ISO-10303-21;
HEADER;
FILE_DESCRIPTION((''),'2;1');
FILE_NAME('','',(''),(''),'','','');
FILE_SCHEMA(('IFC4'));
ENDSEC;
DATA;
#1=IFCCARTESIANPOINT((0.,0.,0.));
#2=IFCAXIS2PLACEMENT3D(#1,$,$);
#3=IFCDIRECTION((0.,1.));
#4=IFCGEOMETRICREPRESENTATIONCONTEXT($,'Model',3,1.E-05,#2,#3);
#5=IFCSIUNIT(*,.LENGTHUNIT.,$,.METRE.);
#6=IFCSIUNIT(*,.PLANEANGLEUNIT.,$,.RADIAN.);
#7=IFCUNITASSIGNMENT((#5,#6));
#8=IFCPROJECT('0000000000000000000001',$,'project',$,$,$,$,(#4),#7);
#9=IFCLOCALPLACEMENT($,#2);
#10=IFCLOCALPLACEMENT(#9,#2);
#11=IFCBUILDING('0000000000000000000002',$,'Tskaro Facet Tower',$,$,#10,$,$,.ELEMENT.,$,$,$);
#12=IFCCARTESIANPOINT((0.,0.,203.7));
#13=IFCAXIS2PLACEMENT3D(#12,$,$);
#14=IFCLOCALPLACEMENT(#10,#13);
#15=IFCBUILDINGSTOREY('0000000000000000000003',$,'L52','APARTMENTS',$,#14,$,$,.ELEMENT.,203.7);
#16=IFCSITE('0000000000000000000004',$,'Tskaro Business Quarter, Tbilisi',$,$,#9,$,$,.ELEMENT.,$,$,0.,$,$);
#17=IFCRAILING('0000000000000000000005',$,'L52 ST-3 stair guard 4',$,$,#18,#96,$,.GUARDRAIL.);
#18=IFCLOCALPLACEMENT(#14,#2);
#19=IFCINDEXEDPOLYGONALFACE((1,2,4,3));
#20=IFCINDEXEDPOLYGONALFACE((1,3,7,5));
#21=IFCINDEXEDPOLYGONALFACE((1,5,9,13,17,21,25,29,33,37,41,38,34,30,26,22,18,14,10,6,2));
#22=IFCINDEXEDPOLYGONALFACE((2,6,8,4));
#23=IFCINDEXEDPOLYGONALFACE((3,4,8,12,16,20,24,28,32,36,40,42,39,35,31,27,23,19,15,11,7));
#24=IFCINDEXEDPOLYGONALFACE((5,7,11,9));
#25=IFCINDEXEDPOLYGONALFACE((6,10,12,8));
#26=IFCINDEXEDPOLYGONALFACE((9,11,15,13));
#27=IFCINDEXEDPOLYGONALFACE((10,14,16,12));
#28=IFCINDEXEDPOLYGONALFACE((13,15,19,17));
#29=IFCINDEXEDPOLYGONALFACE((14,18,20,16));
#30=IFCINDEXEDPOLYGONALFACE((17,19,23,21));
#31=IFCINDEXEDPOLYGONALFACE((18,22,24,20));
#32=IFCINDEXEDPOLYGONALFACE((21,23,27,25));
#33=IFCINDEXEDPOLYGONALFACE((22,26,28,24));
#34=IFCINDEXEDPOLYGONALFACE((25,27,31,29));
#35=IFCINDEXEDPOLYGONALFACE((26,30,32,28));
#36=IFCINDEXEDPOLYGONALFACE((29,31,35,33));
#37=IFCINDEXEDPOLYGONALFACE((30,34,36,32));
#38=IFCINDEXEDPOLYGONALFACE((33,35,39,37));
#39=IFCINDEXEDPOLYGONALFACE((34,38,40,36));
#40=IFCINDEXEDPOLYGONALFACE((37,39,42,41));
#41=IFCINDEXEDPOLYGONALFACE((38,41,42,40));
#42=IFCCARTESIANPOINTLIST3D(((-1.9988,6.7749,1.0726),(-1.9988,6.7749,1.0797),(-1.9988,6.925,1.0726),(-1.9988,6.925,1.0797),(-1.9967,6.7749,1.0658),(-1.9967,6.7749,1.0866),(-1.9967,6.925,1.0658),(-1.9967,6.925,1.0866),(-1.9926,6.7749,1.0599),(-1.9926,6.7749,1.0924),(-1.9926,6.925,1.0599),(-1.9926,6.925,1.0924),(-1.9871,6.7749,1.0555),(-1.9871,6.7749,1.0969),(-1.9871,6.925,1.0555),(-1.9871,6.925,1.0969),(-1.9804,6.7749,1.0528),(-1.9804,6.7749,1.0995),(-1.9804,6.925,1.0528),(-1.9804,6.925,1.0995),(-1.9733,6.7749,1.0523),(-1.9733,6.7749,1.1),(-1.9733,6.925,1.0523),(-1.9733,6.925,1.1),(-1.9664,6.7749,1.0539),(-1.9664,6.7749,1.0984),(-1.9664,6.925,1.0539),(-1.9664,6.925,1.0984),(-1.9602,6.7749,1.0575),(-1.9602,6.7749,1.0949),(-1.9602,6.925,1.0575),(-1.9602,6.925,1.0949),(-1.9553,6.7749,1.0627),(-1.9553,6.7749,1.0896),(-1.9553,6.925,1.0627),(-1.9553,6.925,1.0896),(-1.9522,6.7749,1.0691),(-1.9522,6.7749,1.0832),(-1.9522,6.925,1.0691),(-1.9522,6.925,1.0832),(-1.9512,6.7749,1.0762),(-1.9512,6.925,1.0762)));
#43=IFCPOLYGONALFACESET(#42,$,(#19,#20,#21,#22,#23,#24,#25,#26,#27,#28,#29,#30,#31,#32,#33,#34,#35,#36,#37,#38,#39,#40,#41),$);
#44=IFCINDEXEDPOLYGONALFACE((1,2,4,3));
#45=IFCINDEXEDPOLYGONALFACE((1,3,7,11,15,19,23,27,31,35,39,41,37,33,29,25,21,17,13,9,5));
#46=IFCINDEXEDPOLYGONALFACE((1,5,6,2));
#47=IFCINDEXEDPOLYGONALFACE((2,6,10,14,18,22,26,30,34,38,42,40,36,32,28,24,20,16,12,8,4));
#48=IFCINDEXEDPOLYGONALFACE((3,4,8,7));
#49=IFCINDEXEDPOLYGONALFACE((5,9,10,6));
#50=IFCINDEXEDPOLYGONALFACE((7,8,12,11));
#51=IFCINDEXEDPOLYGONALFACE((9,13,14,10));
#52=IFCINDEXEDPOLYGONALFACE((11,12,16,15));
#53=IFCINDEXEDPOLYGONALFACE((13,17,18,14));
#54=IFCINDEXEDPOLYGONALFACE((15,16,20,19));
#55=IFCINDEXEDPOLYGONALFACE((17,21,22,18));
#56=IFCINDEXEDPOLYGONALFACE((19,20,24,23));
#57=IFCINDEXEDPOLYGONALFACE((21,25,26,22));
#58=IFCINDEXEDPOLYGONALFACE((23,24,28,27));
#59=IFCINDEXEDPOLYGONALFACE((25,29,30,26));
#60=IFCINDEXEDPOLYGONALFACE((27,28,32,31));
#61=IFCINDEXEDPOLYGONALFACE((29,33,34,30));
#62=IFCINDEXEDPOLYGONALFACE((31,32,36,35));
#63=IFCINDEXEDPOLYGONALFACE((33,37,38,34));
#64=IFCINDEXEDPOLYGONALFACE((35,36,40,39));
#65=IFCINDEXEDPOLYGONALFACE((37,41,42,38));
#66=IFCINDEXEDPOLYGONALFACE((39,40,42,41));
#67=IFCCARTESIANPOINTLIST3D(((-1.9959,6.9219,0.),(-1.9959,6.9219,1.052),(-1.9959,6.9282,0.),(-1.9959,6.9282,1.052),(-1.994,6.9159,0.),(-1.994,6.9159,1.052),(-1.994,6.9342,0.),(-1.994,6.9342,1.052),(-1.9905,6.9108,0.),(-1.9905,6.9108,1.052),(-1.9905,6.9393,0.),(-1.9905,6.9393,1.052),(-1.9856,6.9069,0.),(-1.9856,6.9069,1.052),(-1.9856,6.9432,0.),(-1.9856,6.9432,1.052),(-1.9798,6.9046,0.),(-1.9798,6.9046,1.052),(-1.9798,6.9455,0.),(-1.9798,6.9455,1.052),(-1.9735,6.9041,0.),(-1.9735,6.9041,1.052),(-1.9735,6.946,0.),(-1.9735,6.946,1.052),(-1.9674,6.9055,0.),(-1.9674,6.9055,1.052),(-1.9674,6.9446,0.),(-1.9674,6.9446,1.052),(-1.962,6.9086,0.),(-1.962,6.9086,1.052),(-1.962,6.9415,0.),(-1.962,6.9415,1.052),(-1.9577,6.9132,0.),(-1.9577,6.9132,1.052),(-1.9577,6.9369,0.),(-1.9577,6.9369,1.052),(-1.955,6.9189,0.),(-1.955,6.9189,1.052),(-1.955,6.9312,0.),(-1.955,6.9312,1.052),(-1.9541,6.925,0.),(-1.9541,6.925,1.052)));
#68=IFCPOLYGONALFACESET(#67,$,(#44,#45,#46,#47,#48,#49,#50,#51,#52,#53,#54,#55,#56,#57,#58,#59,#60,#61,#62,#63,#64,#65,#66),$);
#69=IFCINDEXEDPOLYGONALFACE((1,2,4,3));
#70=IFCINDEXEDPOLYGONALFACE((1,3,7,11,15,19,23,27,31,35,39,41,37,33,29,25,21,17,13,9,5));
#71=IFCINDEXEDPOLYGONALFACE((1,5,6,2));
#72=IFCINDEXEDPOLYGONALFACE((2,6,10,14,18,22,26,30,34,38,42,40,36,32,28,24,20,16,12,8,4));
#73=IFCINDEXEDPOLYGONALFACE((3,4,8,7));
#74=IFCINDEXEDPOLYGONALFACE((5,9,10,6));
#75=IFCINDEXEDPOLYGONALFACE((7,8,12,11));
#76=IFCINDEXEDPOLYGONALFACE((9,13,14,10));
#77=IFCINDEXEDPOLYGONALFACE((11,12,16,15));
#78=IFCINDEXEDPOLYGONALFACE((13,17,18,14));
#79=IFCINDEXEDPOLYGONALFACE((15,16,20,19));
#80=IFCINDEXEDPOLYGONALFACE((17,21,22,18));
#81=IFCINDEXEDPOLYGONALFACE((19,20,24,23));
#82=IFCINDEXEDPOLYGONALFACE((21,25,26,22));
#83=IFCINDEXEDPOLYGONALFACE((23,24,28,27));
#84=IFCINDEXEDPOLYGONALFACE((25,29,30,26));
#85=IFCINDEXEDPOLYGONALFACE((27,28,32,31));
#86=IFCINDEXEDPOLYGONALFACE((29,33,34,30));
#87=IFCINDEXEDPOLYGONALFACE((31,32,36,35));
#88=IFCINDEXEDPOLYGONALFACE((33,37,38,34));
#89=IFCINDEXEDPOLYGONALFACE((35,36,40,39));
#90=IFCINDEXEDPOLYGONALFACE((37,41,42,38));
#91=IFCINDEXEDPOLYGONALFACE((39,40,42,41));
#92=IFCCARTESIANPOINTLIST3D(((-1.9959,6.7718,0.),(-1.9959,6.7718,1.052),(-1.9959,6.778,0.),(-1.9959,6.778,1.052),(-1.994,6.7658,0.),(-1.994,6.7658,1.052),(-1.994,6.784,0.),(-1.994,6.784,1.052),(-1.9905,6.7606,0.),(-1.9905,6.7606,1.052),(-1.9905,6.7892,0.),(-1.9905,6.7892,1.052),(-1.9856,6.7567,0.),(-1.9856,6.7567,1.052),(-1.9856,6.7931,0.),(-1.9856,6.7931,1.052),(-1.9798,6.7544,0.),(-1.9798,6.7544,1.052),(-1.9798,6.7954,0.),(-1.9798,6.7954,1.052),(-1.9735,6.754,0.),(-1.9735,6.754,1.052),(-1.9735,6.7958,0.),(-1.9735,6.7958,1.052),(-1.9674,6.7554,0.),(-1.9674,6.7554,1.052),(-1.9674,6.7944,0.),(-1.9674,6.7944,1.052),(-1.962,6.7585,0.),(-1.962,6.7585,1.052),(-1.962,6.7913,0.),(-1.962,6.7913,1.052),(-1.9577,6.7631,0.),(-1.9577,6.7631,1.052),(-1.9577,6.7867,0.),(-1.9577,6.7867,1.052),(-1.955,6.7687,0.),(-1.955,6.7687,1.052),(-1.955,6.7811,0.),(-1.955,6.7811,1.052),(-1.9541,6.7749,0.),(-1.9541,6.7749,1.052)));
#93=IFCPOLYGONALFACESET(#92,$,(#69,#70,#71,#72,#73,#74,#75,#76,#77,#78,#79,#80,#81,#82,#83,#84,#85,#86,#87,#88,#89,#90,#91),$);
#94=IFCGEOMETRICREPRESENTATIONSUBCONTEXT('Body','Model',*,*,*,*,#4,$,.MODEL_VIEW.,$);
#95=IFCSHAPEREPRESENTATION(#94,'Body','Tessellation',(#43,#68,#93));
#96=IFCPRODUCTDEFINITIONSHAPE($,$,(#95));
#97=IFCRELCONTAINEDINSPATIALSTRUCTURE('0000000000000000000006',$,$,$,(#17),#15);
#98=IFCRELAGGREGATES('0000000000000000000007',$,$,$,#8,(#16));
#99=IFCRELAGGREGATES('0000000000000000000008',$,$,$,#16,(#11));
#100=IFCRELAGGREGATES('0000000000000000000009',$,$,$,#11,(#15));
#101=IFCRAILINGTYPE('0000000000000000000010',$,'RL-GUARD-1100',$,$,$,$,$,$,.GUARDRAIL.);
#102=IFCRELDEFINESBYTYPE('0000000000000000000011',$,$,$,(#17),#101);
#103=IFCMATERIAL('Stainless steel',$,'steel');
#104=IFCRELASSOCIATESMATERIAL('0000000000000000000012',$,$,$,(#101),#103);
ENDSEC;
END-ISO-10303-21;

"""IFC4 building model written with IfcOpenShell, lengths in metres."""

from ifc_helpers import new_model, si_unit, direction, frame, origin, origin_2d, place, context, subcontext, project, spatial, circle, extrude, material, type_object, element, save


model = new_model("IFC4")

# Units and contexts
model_context = context("Model", 3, precision=1e-05, world=origin(), true_north=direction((0.0, 1.0)))
body_context = subcontext(model_context, "Body", "Model", "MODEL_VIEW")
ifc_project = project(units=[si_unit("LENGTHUNIT", "METRE"), si_unit("PLANEANGLEUNIT", "RADIAN")], contexts=[model_context])

# Site, building, storey
site_placement = place(None, origin())
site = spatial("IfcSite", under=ifc_project, at=site_placement, Name="Tskaro Business Quarter, Tbilisi", CompositionType="ELEMENT", RefElevation=0.0)
building_placement = place(site_placement, origin())
building = spatial("IfcBuilding", under=site, at=building_placement, Name="Tskaro Facet Tower", CompositionType="ELEMENT")
storey_placement = place(building_placement, frame((0.0, 0.0, 203.7)))
storey = spatial("IfcBuildingStorey", under=building, at=storey_placement, Name="L52", Description="APARTMENTS", CompositionType="ELEMENT", Elevation=203.7)

# Railing
ifc_material_1 = material(Name="Stainless steel", Category="steel")
railing_type_1 = type_object("IfcRailingType", Name="RL-GUARD-1100", PredefinedType="GUARDRAIL", material=ifc_material_1)
railing_1_placement = place(storey_placement, frame((-1.9751, 6.925, 0.0)))
element("IfcRailing", 1, at=railing_1_placement, inside=storey, type_object=railing_type_1, Name="L52 ST-3 stair guard 4", PredefinedType="GUARDRAIL", context=body_context, shape_type="SweptSolid", body=[
    extrude(circle(Radius=0.0239, at=origin_2d()), frame((0.0, 0.0, 1.0762), z_axis=(0.0, -1.0, 0.0), x_axis=(1.0, 0.0, 0.0)), (0.0, 0.0, 1.0), 0.1501),
    extrude(circle(Radius=0.021, at=origin_2d()), origin(), (0.0, 0.0, 1.0), 1.052),
    extrude(circle(Radius=0.021, at=origin_2d()), frame((0.0, -0.1501, 0.0)), (0.0, 0.0, 1.0), 1.052),
])

save(model, "model.ifc")
